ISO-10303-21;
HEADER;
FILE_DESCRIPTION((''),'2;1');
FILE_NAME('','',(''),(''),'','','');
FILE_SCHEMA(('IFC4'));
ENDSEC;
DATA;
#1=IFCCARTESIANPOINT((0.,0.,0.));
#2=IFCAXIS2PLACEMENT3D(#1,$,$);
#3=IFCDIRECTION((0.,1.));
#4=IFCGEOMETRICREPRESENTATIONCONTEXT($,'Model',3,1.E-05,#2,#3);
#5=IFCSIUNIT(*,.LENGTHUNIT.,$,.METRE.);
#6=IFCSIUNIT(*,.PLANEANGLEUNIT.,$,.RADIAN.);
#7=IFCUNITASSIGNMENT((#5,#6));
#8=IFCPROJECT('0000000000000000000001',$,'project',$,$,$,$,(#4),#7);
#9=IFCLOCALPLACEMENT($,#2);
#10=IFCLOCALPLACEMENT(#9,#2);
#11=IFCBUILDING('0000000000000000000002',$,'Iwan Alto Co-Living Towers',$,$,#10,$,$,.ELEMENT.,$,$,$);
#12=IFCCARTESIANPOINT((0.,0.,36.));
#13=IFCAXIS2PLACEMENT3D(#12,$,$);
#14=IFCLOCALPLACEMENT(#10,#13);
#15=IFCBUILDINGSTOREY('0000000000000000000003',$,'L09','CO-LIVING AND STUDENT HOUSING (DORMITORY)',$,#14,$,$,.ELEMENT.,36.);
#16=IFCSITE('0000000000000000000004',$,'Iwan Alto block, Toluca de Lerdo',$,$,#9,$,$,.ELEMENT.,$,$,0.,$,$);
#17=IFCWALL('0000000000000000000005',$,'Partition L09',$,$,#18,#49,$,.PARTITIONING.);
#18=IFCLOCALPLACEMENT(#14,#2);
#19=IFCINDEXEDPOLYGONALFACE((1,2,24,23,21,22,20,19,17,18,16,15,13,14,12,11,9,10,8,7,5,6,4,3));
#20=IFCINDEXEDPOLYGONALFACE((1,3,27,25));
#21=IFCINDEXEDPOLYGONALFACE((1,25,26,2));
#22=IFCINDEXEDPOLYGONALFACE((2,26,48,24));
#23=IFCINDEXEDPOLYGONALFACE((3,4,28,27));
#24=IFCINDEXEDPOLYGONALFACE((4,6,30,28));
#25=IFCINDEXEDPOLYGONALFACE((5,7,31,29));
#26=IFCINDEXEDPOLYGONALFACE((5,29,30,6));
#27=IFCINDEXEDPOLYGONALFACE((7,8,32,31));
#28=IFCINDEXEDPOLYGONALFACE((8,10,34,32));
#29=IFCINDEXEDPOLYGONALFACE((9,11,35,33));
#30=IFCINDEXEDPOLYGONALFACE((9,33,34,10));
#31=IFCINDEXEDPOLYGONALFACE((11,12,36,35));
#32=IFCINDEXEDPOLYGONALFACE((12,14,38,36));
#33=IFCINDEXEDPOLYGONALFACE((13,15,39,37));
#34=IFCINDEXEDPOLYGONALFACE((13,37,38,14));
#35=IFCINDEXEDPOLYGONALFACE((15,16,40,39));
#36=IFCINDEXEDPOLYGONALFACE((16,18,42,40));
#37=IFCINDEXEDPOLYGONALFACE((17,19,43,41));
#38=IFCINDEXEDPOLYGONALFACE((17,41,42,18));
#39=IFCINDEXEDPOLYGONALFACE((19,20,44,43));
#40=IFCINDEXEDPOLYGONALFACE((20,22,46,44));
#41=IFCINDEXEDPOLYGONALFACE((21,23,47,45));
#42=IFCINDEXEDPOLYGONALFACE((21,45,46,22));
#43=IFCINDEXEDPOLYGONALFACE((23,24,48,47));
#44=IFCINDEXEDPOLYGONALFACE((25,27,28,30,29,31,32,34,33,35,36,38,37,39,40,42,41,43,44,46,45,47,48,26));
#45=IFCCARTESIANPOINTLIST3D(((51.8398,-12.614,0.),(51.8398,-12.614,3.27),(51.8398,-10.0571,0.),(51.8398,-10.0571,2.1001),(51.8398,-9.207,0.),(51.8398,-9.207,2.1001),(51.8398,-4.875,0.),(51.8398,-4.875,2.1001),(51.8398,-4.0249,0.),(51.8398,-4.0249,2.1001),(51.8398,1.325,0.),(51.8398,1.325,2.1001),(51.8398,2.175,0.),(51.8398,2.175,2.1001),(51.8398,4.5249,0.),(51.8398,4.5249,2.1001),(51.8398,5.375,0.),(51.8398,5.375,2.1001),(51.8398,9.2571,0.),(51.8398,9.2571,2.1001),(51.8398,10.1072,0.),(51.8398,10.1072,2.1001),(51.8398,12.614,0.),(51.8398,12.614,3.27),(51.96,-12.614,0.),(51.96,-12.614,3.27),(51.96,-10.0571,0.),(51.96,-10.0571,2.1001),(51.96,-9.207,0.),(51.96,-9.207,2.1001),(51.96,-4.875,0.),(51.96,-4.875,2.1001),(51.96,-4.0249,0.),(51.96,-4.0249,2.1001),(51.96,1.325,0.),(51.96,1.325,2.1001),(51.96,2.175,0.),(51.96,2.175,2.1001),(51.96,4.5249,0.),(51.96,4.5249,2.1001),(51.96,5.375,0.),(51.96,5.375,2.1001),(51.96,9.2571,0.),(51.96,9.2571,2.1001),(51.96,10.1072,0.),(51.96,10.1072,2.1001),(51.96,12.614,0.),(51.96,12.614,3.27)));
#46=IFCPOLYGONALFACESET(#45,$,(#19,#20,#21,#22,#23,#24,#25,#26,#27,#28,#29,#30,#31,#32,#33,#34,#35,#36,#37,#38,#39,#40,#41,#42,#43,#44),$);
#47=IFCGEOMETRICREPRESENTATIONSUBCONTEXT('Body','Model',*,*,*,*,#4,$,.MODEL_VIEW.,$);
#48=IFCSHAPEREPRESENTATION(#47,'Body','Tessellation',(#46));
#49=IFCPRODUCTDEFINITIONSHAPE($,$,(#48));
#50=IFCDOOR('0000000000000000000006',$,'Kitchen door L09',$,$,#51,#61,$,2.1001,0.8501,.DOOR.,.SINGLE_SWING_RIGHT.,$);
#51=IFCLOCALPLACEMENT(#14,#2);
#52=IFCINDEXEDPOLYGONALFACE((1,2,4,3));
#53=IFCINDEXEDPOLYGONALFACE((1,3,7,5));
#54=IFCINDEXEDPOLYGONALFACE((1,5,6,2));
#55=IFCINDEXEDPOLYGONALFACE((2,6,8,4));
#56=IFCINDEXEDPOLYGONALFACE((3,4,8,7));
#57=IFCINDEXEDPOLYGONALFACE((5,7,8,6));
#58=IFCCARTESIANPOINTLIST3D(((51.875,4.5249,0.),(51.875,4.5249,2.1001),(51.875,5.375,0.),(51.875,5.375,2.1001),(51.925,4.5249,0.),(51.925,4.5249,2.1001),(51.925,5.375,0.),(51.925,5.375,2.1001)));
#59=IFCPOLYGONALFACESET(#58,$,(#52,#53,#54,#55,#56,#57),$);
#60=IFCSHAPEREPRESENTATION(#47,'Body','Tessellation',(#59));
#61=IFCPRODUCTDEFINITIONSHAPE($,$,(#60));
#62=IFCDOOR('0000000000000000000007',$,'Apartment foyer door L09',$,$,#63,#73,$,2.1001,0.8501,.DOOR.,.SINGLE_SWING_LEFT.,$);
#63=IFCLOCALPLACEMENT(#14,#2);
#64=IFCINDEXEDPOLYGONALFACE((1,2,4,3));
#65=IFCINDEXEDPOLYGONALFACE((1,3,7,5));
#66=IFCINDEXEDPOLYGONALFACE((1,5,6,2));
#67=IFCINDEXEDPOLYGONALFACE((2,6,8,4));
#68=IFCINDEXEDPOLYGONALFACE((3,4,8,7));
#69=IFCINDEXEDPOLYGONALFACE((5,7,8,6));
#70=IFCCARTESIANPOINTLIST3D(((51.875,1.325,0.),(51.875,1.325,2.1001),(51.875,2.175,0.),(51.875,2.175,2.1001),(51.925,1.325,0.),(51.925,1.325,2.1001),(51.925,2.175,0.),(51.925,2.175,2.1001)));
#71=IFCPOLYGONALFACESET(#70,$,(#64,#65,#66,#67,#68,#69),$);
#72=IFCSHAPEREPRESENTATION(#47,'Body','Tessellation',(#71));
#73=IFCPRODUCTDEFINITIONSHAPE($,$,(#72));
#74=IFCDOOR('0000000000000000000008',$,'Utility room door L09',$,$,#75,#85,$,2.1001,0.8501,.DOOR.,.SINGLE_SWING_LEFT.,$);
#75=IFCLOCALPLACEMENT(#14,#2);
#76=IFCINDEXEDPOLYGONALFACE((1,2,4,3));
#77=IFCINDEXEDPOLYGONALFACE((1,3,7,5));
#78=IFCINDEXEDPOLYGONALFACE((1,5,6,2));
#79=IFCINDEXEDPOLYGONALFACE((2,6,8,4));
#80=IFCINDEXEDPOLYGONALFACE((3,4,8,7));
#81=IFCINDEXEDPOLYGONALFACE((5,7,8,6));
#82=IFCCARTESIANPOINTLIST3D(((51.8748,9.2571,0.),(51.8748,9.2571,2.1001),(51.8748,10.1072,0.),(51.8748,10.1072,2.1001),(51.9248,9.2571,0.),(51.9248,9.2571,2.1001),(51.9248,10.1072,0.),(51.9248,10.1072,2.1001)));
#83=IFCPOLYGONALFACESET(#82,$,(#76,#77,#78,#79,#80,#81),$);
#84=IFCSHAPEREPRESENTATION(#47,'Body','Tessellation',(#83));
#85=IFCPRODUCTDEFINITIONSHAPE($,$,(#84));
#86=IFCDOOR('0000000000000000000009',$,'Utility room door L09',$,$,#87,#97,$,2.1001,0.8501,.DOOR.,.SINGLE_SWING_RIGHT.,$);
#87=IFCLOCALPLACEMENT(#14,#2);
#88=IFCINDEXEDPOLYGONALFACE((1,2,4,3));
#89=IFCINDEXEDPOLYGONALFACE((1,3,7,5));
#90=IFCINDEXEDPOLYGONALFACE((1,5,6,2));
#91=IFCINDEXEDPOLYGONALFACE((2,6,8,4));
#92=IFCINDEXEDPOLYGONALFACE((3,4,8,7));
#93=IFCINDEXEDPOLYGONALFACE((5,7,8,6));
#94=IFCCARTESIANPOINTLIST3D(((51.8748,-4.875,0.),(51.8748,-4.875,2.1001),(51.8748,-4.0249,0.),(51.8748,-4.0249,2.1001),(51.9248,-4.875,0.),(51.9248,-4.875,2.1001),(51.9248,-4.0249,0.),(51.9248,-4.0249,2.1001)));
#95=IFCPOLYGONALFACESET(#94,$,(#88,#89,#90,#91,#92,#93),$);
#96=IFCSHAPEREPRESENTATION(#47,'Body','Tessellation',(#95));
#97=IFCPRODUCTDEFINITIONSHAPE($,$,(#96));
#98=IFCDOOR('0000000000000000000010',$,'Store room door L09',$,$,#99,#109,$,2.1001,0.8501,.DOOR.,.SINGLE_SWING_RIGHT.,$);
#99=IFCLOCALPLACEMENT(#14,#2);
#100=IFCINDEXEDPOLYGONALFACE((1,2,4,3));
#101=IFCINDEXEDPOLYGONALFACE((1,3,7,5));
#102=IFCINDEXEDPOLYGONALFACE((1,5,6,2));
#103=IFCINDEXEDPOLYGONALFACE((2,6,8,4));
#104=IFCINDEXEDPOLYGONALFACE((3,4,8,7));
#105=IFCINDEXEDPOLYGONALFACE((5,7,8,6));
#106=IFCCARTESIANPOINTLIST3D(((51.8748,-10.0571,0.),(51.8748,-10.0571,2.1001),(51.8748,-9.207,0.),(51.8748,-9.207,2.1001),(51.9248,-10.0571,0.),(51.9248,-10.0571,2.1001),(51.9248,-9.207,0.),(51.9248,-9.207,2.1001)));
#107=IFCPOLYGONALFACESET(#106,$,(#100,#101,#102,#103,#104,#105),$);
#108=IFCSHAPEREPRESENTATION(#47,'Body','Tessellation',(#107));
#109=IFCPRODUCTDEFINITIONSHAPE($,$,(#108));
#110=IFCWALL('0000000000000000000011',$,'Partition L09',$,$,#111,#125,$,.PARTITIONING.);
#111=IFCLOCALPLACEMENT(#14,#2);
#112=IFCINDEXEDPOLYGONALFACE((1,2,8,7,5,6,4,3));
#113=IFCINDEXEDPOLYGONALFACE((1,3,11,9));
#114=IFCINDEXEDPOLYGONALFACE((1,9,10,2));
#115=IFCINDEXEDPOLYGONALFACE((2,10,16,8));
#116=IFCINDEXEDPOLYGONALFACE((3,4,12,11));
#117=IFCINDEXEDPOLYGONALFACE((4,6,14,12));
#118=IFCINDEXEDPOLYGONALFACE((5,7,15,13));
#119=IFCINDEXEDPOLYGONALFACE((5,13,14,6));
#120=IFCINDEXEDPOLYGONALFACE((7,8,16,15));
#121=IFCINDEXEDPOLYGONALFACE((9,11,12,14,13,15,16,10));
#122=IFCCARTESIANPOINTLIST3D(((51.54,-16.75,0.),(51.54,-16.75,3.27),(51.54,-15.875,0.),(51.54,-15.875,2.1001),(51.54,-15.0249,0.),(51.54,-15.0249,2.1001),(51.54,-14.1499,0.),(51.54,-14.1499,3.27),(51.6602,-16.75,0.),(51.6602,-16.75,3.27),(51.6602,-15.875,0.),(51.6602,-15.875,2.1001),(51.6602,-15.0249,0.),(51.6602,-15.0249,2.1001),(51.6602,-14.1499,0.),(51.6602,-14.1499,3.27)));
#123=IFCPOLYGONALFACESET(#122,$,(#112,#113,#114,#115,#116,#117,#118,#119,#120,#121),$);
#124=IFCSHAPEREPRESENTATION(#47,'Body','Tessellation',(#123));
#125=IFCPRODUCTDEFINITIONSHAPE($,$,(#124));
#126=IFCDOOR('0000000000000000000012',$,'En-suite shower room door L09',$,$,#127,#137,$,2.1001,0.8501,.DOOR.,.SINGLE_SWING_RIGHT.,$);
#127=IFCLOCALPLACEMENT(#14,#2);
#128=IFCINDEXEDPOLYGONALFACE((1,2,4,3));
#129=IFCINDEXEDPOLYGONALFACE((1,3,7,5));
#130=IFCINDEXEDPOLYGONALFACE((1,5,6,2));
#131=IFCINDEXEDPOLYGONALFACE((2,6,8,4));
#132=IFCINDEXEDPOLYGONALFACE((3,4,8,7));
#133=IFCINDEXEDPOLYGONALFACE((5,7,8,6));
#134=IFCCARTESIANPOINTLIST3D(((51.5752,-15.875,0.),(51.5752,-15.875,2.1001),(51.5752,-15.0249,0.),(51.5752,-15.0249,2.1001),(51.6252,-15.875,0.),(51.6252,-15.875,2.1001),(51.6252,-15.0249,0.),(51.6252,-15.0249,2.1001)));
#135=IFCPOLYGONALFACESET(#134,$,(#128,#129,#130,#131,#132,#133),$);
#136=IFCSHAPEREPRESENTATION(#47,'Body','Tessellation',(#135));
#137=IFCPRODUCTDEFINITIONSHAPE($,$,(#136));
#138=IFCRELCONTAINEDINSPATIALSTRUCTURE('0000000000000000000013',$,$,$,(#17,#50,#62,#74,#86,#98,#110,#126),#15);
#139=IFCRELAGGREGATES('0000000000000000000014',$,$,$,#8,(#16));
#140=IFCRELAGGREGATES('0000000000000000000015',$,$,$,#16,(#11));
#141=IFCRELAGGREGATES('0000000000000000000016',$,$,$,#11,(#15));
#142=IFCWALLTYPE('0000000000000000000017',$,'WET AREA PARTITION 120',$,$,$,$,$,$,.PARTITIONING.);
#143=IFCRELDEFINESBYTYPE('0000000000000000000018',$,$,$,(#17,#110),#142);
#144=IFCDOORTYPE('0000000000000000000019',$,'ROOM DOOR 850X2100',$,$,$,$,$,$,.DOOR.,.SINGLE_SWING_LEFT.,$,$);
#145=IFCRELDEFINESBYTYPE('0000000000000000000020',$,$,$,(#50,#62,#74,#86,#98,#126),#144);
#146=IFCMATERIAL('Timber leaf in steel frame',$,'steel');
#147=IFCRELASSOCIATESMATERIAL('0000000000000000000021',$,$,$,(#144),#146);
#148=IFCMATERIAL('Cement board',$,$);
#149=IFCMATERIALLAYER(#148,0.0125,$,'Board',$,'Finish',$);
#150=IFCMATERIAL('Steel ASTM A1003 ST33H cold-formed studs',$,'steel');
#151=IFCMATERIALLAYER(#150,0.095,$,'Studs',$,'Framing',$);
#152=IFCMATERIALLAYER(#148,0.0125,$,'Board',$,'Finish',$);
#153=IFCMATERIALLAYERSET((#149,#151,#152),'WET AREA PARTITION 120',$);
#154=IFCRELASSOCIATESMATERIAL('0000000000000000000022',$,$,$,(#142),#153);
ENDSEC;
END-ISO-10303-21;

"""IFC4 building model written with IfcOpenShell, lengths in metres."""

from ifc_helpers import new_model, si_unit, direction, frame, frame_2d, origin, place, context, subcontext, project, spatial, rectangle, extrude, material, layer, layer_set, type_object, element, fill, save


model = new_model("IFC4")

# Units and contexts
model_context = context("Model", 3, precision=1e-05, world=origin(), true_north=direction((0.0, 1.0)))
body_context = subcontext(model_context, "Body", "Model", "MODEL_VIEW")
ifc_project = project(units=[si_unit("LENGTHUNIT", "METRE"), si_unit("PLANEANGLEUNIT", "RADIAN")], contexts=[model_context])

# Site, building, storey
site_placement = place(None, origin())
site = spatial("IfcSite", under=ifc_project, at=site_placement, Name="Iwan Alto block, Toluca de Lerdo", CompositionType="ELEMENT", RefElevation=0.0)
building_placement = place(site_placement, origin())
building = spatial("IfcBuilding", under=site, at=building_placement, Name="Iwan Alto Co-Living Towers", CompositionType="ELEMENT")
storey_placement = place(building_placement, frame((0.0, 0.0, 36.0)))
storey = spatial("IfcBuildingStorey", under=building, at=storey_placement, Name="L09", Description="CO-LIVING AND STUDENT HOUSING (DORMITORY)", CompositionType="ELEMENT", Elevation=36.0)

# Shared definitions
ifc_material_1 = material(Name="Steel ASTM A1003 ST33H cold-formed studs", Category="steel")

# Shared definitions
ifc_material_2 = material(Name="Timber leaf in steel frame", Category="steel")
door_type = type_object("IfcDoorType", Name="ROOM DOOR 850X2100", OperationType="SINGLE_SWING_LEFT", PredefinedType="DOOR", material=ifc_material_2)

# Shared definitions
ifc_material_3 = material(Name="Cement board")
ifc_layer_1 = layer(ifc_material_3, 0.0125, Name="Board", Category="Finish")
ifc_layer_2 = layer(ifc_material_1, 0.095, Name="Studs", Category="Framing")
ifc_layer_3 = layer(ifc_material_3, 0.0125, Name="Board", Category="Finish")
ifc_layer_set_1 = layer_set([ifc_layer_1, ifc_layer_2, ifc_layer_3], Name="WET AREA PARTITION 120")
wall_type_1 = type_object("IfcWallType", Name="WET AREA PARTITION 120", PredefinedType="PARTITIONING", material=ifc_layer_set_1)

# Wall, openings, doors
wall_1_placement = place(storey_placement, frame((51.8999, -12.614, 0.0), z_axis=(0.0, 0.0, 1.0), x_axis=(0.0, 1.0, 0.0)))
wall_1 = element("IfcWall", 1, at=wall_1_placement, inside=storey, type_object=wall_type_1, Name="Partition L09", PredefinedType="PARTITIONING", context=body_context, shape_type="SweptSolid", body=[
    extrude(rectangle(XDim=25.228, YDim=0.1201, at=frame_2d((12.614, 0.0))), origin(), (0.0, 0.0, 1.0), 3.27),
])
opening_1_placement = place(wall_1_placement, frame((17.1389, 0.0, 0.0)))
opening_1 = element("IfcOpeningElement", 2, at=opening_1_placement, cuts=wall_1, PredefinedType="OPENING", context=body_context, shape_type="SweptSolid", body=[
    extrude(rectangle(XDim=0.8501, YDim=2.1001, at=frame_2d((0.425, 1.05))), frame((0.0, 0.0701, 0.0), z_axis=(0.0, -1.0, 0.0), x_axis=(1.0, 0.0, 0.0)), (0.0, 0.0, 1.0), 0.1401),
])
opening_2_placement = place(wall_1_placement, frame((13.939, 0.0, 0.0)))
opening_2 = element("IfcOpeningElement", 3, at=opening_2_placement, cuts=wall_1, PredefinedType="OPENING", context=body_context, shape_type="SweptSolid", body=[
    extrude(rectangle(XDim=0.8501, YDim=2.1001, at=frame_2d((0.425, 1.05))), frame((0.0, 0.0701, 0.0), z_axis=(0.0, -1.0, 0.0), x_axis=(1.0, 0.0, 0.0)), (0.0, 0.0, 1.0), 0.1401),
])
opening_3_placement = place(wall_1_placement, frame((21.8711, 0.0, 0.0)))
opening_3 = element("IfcOpeningElement", 4, at=opening_3_placement, cuts=wall_1, PredefinedType="OPENING", context=body_context, shape_type="SweptSolid", body=[
    extrude(rectangle(XDim=0.8501, YDim=2.1001, at=frame_2d((0.425, 1.05))), frame((0.0, 0.0701, 0.0), z_axis=(0.0, -1.0, 0.0), x_axis=(1.0, 0.0, 0.0)), (0.0, 0.0, 1.0), 0.1401),
])
opening_4_placement = place(wall_1_placement, frame((7.739, 0.0, 0.0)))
opening_4 = element("IfcOpeningElement", 5, at=opening_4_placement, cuts=wall_1, PredefinedType="OPENING", context=body_context, shape_type="SweptSolid", body=[
    extrude(rectangle(XDim=0.8501, YDim=2.1001, at=frame_2d((0.425, 1.05))), frame((0.0, 0.0701, 0.0), z_axis=(0.0, -1.0, 0.0), x_axis=(1.0, 0.0, 0.0)), (0.0, 0.0, 1.0), 0.1401),
])
opening_5_placement = place(wall_1_placement, frame((2.5569, 0.0, 0.0)))
opening_5 = element("IfcOpeningElement", 6, at=opening_5_placement, cuts=wall_1, PredefinedType="OPENING", context=body_context, shape_type="SweptSolid", body=[
    extrude(rectangle(XDim=0.8501, YDim=2.1001, at=frame_2d((0.425, 1.05))), frame((0.0, 0.0701, 0.0), z_axis=(0.0, -1.0, 0.0), x_axis=(1.0, 0.0, 0.0)), (0.0, 0.0, 1.0), 0.1401),
])
door_1_placement = place(opening_1_placement, origin())
door_1 = element("IfcDoor", 7, at=door_1_placement, inside=storey, type_object=door_type, Name="Kitchen door L09", OperationType="SINGLE_SWING_RIGHT", OverallHeight=2.1001, OverallWidth=0.8501, PredefinedType="DOOR", context=body_context, shape_type="SweptSolid", body=[
    extrude(rectangle(XDim=0.8501, YDim=2.1001, at=frame_2d((0.425, 1.05))), frame((0.0, 0.0249, 0.0), z_axis=(0.0, -1.0, 0.0), x_axis=(1.0, 0.0, 0.0)), (0.0, 0.0, 1.0), 0.05),
])
fill(opening_1, door_1)
door_2_placement = place(opening_2_placement, origin())
door_2 = element("IfcDoor", 8, at=door_2_placement, inside=storey, type_object=door_type, Name="Apartment foyer door L09", OperationType="SINGLE_SWING_LEFT", OverallHeight=2.1001, OverallWidth=0.8501, PredefinedType="DOOR", context=body_context, shape_type="SweptSolid", body=[
    extrude(rectangle(XDim=0.8501, YDim=2.1001, at=frame_2d((0.425, 1.05))), frame((0.0, 0.0249, 0.0), z_axis=(0.0, -1.0, 0.0), x_axis=(1.0, 0.0, 0.0)), (0.0, 0.0, 1.0), 0.05),
])
fill(opening_2, door_2)
door_3_placement = place(opening_3_placement, frame((0.8501, 0.0, 0.0), z_axis=(0.0, 0.0, 1.0), x_axis=(-1.0, 0.0, 0.0)))
door_3 = element("IfcDoor", 9, at=door_3_placement, inside=storey, type_object=door_type, Name="Utility room door L09", OperationType="SINGLE_SWING_LEFT", OverallHeight=2.1001, OverallWidth=0.8501, PredefinedType="DOOR", context=body_context, shape_type="SweptSolid", body=[
    extrude(rectangle(XDim=0.8501, YDim=2.1001, at=frame_2d((0.425, 1.05))), frame((0.0, 0.0249, 0.0), z_axis=(0.0, -1.0, 0.0), x_axis=(1.0, 0.0, 0.0)), (0.0, 0.0, 1.0), 0.05),
])
fill(opening_3, door_3)
door_4_placement = place(opening_4_placement, frame((0.8501, 0.0, 0.0), z_axis=(0.0, 0.0, 1.0), x_axis=(-1.0, 0.0, 0.0)))
door_4 = element("IfcDoor", 10, at=door_4_placement, inside=storey, type_object=door_type, Name="Utility room door L09", OperationType="SINGLE_SWING_RIGHT", OverallHeight=2.1001, OverallWidth=0.8501, PredefinedType="DOOR", context=body_context, shape_type="SweptSolid", body=[
    extrude(rectangle(XDim=0.8501, YDim=2.1001, at=frame_2d((0.425, 1.05))), frame((0.0, 0.0249, 0.0), z_axis=(0.0, -1.0, 0.0), x_axis=(1.0, 0.0, 0.0)), (0.0, 0.0, 1.0), 0.05),
])
fill(opening_4, door_4)
door_5_placement = place(opening_5_placement, frame((0.8501, 0.0, 0.0), z_axis=(0.0, 0.0, 1.0), x_axis=(-1.0, 0.0, 0.0)))
door_5 = element("IfcDoor", 11, at=door_5_placement, inside=storey, type_object=door_type, Name="Store room door L09", OperationType="SINGLE_SWING_RIGHT", OverallHeight=2.1001, OverallWidth=0.8501, PredefinedType="DOOR", context=body_context, shape_type="SweptSolid", body=[
    extrude(rectangle(XDim=0.8501, YDim=2.1001, at=frame_2d((0.425, 1.05))), frame((0.0, 0.0249, 0.0), z_axis=(0.0, -1.0, 0.0), x_axis=(1.0, 0.0, 0.0)), (0.0, 0.0, 1.0), 0.05),
])
fill(opening_5, door_5)

# Wall, opening, door
wall_2_placement = place(storey_placement, frame((51.6001, -16.75, 0.0), z_axis=(0.0, 0.0, 1.0), x_axis=(0.0, 1.0, 0.0)))
wall_2 = element("IfcWall", 12, at=wall_2_placement, inside=storey, type_object=wall_type_1, Name="Partition L09", PredefinedType="PARTITIONING", context=body_context, shape_type="SweptSolid", body=[
    extrude(rectangle(XDim=2.6001, YDim=0.1201, at=frame_2d((1.3, 0.0))), origin(), (0.0, 0.0, 1.0), 3.27),
])
opening_6_placement = place(wall_2_placement, frame((0.875, 0.0, 0.0)))
opening_6 = element("IfcOpeningElement", 13, at=opening_6_placement, cuts=wall_2, PredefinedType="OPENING", context=body_context, shape_type="SweptSolid", body=[
    extrude(rectangle(XDim=0.8501, YDim=2.1001, at=frame_2d((0.425, 1.05))), frame((0.0, 0.0701, 0.0), z_axis=(0.0, -1.0, 0.0), x_axis=(1.0, 0.0, 0.0)), (0.0, 0.0, 1.0), 0.1401),
])
door_6_placement = place(opening_6_placement, origin())
door_6 = element("IfcDoor", 14, at=door_6_placement, inside=storey, type_object=door_type, Name="En-suite shower room door L09", OperationType="SINGLE_SWING_RIGHT", OverallHeight=2.1001, OverallWidth=0.8501, PredefinedType="DOOR", context=body_context, shape_type="SweptSolid", body=[
    extrude(rectangle(XDim=0.8501, YDim=2.1001, at=frame_2d((0.425, 1.05))), frame((0.0, 0.0249, 0.0), z_axis=(0.0, -1.0, 0.0), x_axis=(1.0, 0.0, 0.0)), (0.0, 0.0, 1.0), 0.05),
])
fill(opening_6, door_6)

save(model, "model.ifc")
